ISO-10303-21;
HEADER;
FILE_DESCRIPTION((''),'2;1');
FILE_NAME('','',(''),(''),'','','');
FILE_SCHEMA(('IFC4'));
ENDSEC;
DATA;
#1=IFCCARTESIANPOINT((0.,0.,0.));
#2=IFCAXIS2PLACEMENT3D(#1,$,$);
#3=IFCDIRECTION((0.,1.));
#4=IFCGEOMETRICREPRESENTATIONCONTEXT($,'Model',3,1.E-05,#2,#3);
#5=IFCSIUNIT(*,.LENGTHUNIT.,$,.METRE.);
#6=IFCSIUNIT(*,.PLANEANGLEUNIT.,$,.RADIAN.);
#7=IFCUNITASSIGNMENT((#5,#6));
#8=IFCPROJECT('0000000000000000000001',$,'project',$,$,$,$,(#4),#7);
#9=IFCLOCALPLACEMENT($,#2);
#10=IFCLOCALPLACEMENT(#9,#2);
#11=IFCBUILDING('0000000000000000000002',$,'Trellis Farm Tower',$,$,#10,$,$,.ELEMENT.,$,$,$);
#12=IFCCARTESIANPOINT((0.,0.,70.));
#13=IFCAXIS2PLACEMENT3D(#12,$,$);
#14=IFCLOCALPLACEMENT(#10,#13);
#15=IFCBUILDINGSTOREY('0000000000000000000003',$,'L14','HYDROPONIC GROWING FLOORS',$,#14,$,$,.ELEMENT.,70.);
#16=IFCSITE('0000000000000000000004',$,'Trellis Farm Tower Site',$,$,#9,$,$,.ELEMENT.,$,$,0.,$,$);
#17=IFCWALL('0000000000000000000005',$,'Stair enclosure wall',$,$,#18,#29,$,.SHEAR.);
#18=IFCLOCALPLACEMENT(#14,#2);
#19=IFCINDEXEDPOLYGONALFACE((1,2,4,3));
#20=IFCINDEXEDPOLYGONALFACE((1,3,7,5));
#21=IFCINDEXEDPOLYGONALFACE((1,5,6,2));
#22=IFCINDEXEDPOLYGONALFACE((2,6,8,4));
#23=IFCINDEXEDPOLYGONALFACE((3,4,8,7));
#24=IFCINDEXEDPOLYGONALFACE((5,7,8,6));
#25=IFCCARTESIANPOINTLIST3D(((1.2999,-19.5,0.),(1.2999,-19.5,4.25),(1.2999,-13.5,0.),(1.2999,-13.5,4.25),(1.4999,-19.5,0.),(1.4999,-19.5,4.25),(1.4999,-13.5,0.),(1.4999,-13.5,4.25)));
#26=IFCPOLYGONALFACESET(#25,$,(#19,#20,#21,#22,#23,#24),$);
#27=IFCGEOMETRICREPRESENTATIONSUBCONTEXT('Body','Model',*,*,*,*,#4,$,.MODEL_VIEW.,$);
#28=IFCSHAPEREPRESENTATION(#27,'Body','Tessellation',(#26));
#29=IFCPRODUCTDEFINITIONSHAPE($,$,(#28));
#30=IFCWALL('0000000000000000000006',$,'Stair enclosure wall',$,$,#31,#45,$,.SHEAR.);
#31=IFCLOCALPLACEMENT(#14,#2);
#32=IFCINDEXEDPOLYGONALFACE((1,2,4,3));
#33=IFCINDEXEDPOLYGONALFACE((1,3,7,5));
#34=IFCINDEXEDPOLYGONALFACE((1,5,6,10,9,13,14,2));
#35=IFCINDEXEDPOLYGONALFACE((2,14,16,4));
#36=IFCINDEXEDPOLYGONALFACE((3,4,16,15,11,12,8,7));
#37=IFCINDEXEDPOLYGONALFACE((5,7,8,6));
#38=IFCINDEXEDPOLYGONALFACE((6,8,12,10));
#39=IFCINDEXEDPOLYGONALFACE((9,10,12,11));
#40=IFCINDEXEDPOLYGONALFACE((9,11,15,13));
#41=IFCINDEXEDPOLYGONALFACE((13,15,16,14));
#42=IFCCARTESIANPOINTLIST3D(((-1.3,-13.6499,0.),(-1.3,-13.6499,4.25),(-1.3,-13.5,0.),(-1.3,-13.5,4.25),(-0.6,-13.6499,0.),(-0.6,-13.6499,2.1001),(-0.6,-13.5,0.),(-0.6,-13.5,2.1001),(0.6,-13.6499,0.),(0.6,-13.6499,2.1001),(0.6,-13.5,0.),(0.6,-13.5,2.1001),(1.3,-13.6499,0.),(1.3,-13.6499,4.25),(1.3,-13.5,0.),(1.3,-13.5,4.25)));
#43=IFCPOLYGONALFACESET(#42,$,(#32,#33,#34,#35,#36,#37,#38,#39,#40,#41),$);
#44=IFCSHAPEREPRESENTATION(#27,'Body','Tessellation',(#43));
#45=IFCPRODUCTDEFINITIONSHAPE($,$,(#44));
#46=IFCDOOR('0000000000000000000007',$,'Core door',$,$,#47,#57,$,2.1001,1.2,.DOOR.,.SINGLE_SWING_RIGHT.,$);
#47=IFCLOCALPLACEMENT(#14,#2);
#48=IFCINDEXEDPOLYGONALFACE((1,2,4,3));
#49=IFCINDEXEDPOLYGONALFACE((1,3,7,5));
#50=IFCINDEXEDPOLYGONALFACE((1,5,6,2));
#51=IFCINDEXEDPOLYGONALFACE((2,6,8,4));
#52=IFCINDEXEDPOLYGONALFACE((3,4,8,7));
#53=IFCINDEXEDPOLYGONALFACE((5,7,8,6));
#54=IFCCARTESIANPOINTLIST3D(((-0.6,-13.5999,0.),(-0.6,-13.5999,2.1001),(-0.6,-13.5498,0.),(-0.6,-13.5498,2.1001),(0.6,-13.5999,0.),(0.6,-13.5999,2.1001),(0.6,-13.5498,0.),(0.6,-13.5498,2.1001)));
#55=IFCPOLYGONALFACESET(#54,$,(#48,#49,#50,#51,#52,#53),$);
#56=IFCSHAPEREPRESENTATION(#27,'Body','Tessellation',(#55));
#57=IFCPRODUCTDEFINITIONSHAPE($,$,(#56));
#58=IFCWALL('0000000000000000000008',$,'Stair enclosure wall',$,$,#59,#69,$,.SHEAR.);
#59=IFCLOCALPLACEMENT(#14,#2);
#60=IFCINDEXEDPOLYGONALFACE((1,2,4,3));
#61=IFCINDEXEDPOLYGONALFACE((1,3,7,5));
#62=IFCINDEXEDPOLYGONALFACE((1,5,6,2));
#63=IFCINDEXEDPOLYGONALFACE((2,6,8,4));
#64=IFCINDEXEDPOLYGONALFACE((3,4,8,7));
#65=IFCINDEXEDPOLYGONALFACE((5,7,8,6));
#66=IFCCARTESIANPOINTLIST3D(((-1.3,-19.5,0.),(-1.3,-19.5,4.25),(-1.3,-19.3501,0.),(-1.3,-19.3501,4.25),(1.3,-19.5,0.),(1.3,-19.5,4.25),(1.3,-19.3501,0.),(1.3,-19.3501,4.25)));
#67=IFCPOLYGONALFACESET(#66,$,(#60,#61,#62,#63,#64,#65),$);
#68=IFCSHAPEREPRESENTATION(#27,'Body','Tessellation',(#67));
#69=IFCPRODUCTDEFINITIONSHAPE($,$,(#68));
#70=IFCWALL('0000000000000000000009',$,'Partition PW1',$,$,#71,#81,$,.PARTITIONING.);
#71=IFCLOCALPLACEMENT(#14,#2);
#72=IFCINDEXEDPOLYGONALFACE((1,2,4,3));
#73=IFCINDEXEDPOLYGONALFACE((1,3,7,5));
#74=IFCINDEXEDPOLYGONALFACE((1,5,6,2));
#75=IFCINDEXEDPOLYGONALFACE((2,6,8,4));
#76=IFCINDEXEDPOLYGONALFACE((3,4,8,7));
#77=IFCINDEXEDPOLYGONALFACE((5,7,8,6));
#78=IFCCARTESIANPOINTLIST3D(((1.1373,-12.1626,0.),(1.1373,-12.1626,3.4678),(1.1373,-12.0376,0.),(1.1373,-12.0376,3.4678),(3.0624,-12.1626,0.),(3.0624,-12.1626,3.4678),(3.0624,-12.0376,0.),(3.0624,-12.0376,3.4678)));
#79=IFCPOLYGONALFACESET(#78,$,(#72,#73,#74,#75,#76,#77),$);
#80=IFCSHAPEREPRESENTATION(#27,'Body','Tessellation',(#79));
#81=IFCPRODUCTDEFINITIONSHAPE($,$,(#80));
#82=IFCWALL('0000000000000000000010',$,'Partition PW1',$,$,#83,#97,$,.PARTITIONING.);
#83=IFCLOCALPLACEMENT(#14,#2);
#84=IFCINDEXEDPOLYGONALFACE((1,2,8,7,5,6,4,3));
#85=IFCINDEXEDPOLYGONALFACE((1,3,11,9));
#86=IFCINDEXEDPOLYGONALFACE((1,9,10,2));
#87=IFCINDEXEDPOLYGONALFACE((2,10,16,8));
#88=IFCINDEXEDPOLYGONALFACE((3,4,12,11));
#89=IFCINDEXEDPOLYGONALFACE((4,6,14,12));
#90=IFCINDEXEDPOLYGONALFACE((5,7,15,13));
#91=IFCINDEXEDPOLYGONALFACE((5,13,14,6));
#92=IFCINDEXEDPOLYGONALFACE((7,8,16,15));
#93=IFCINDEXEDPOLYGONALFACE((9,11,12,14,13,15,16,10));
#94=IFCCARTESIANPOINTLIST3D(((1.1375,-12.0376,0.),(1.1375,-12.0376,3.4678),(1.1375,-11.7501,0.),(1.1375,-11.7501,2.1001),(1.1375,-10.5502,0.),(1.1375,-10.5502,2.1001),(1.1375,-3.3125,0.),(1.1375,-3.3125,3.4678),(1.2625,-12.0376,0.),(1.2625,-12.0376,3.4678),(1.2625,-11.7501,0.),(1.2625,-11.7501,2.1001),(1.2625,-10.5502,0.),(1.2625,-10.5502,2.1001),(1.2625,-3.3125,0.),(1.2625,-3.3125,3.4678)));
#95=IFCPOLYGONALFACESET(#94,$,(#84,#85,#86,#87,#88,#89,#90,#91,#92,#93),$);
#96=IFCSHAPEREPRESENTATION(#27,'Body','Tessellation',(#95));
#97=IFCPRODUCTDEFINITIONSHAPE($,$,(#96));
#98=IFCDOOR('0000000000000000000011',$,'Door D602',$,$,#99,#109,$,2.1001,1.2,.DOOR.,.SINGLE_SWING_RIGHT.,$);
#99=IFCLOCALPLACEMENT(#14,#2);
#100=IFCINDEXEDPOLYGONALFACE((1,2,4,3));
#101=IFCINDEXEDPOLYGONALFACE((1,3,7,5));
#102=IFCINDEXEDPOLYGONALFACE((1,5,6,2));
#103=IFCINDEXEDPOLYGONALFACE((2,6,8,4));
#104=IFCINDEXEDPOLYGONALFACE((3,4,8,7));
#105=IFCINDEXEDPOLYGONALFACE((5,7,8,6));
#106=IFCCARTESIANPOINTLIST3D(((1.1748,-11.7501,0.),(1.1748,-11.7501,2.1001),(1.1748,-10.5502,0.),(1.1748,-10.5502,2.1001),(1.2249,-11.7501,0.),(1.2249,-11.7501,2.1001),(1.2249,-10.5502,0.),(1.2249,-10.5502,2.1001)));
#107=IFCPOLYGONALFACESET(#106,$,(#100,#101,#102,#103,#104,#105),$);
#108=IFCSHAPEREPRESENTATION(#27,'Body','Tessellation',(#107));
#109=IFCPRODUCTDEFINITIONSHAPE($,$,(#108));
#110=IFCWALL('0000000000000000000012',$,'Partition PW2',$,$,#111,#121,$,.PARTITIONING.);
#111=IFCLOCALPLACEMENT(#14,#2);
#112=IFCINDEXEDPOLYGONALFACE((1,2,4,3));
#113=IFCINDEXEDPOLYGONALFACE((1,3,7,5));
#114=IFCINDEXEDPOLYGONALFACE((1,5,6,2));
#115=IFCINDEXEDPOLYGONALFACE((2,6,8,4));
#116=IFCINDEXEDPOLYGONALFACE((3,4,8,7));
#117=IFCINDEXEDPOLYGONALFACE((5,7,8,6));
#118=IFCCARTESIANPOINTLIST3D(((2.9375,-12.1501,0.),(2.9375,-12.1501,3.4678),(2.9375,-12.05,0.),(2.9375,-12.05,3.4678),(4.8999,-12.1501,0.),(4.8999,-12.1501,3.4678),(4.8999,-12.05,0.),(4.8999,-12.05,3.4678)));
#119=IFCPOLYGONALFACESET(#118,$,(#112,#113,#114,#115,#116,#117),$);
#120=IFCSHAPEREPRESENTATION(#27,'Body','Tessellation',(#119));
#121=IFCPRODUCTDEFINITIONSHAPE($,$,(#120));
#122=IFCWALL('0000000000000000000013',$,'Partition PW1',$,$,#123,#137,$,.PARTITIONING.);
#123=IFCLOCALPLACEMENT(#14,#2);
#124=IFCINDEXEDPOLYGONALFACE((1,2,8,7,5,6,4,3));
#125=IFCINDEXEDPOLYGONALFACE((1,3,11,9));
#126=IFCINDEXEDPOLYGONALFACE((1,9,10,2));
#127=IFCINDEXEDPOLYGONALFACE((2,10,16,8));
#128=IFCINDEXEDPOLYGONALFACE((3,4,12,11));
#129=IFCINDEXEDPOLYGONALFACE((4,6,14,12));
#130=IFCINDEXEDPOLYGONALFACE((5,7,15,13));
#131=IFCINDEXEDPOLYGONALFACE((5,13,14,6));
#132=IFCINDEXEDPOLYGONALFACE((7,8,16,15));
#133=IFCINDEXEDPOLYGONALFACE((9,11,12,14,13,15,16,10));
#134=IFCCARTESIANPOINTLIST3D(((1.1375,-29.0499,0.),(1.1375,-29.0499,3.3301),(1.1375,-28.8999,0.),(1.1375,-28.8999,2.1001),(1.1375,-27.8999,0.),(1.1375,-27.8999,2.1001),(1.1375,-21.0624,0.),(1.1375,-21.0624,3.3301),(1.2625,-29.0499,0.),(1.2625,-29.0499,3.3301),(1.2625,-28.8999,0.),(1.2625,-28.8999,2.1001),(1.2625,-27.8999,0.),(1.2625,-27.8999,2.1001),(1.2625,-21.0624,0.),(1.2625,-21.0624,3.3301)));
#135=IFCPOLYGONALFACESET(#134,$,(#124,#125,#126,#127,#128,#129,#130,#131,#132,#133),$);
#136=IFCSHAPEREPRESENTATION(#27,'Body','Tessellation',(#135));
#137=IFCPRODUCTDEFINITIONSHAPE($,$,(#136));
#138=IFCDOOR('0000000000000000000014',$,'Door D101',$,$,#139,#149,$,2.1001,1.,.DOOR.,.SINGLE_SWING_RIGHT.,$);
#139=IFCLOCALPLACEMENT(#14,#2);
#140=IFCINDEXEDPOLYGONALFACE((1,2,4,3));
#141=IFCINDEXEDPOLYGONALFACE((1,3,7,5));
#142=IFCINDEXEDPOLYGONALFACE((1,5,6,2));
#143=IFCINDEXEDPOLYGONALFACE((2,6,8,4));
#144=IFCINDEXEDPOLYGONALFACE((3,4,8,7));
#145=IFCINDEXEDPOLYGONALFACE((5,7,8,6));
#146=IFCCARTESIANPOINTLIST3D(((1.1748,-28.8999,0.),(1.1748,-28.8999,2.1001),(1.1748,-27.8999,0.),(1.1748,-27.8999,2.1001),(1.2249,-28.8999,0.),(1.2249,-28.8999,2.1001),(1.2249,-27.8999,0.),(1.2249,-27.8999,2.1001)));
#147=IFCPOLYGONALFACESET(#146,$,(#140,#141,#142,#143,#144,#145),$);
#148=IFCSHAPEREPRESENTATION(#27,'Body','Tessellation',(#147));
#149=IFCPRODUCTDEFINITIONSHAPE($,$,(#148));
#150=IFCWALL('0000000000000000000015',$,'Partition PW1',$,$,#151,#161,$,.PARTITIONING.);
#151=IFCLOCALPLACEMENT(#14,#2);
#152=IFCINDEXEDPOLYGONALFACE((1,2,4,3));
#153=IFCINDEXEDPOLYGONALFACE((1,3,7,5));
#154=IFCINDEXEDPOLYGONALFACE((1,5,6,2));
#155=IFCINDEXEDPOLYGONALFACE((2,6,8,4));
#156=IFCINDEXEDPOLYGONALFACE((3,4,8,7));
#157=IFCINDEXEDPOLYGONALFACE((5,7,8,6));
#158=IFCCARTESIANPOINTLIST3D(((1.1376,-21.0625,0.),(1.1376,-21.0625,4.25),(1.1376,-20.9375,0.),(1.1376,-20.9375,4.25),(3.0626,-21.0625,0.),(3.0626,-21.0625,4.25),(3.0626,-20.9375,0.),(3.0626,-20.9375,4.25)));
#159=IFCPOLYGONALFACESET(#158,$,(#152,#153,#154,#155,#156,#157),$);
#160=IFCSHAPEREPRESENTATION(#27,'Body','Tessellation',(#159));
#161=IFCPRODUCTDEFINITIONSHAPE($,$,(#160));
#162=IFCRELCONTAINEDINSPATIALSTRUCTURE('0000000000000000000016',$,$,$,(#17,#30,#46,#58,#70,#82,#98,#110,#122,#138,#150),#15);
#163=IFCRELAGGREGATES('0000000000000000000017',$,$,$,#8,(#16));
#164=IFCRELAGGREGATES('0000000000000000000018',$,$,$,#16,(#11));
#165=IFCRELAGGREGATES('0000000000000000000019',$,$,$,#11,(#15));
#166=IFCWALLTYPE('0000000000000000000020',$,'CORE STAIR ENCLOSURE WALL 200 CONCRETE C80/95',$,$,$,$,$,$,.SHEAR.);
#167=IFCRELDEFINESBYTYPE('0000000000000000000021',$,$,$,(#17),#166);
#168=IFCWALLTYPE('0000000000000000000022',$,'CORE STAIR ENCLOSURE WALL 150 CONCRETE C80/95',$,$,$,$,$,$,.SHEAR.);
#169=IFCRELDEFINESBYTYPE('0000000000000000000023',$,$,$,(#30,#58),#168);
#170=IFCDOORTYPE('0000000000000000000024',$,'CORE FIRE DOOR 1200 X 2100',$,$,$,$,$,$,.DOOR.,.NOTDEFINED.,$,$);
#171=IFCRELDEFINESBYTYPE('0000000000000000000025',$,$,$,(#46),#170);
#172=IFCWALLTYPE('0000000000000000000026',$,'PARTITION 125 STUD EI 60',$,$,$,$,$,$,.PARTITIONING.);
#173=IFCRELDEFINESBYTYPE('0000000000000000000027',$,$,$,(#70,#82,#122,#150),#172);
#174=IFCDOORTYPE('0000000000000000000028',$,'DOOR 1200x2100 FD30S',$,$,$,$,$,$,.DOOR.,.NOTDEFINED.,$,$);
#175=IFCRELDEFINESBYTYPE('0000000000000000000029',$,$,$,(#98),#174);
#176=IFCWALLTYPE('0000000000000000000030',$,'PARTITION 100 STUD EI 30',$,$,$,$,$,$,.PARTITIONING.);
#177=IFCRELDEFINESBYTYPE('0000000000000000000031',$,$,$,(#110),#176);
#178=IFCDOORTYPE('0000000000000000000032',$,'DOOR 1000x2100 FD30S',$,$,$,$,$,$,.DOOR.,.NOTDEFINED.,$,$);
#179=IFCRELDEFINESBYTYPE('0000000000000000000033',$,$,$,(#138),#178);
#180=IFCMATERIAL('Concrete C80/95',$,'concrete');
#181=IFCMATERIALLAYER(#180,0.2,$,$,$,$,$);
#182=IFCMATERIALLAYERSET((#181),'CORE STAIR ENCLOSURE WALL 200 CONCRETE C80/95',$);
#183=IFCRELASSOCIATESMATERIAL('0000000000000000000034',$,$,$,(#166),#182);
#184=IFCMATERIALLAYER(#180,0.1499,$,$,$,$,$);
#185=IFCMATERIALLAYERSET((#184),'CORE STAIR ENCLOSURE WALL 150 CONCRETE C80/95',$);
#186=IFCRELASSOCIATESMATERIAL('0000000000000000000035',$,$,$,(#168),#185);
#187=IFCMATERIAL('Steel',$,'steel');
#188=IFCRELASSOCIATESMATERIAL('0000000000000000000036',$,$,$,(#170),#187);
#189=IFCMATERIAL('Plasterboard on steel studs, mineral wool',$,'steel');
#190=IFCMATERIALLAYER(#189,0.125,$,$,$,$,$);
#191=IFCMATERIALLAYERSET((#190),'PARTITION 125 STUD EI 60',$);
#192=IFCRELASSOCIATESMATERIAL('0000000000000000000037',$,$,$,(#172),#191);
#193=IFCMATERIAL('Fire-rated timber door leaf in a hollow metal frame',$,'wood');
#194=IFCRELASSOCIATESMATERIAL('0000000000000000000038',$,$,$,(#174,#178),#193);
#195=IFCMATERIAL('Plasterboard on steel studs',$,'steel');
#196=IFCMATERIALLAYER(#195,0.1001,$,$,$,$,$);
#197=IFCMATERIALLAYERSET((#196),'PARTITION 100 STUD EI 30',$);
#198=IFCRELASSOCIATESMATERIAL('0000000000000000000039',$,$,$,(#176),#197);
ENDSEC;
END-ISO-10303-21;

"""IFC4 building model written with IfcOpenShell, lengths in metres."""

from ifc_helpers import new_model, si_unit, direction, frame, frame_2d, origin, place, context, subcontext, project, spatial, rectangle, extrude, source, transform, mapped, material, layer, layer_set, type_object, element, fill, save


model = new_model("IFC4")

# Units and contexts
model_context = context("Model", 3, precision=1e-05, world=origin(), true_north=direction((0.0, 1.0)))
body_context = subcontext(model_context, "Body", "Model", "MODEL_VIEW")
ifc_project = project(units=[si_unit("LENGTHUNIT", "METRE"), si_unit("PLANEANGLEUNIT", "RADIAN")], contexts=[model_context])

# Site, building, storey
site_placement = place(None, origin())
site = spatial("IfcSite", under=ifc_project, at=site_placement, Name="Trellis Farm Tower Site", CompositionType="ELEMENT", RefElevation=0.0)
building_placement = place(site_placement, origin())
building = spatial("IfcBuilding", under=site, at=building_placement, Name="Trellis Farm Tower", CompositionType="ELEMENT")
storey_placement = place(building_placement, frame((0.0, 0.0, 70.0)))
storey = spatial("IfcBuildingStorey", under=building, at=storey_placement, Name="L14", Description="HYDROPONIC GROWING FLOORS", CompositionType="ELEMENT", Elevation=70.0)

# Shared definitions
ifc_material_1 = material(Name="Concrete C80/95", Category="concrete")

# Wall
ifc_layer_1 = layer(ifc_material_1, 0.2)
ifc_layer_set_1 = layer_set([ifc_layer_1], Name="CORE STAIR ENCLOSURE WALL 200 CONCRETE C80/95")
wall_type_1 = type_object("IfcWallType", Name="CORE STAIR ENCLOSURE WALL 200 CONCRETE C80/95", PredefinedType="SHEAR", material=ifc_layer_set_1)
shared_shape_1 = source(origin(), body_context, "Body", "SweptSolid", [
    extrude(rectangle(XDim=6.0, YDim=0.2, at=frame_2d((3.0, 0.0))), origin(), (0.0, 0.0, 1.0), 4.25),
])
wall_1_placement = place(storey_placement, frame((1.3999, -13.5, 0.0), z_axis=(0.0, 0.0, 1.0), x_axis=(0.0, -1.0, 0.0)))
element("IfcWall", 1, at=wall_1_placement, inside=storey, type_object=wall_type_1, Name="Stair enclosure wall", PredefinedType="SHEAR", context=body_context, shape_type="MappedRepresentation", body=[
    mapped(shared_shape_1, transform((0.0, 0.0, 0.0))),
])

# Wall, opening, door
ifc_layer_2 = layer(ifc_material_1, 0.1499)
ifc_layer_set_2 = layer_set([ifc_layer_2], Name="CORE STAIR ENCLOSURE WALL 150 CONCRETE C80/95")
wall_type_2 = type_object("IfcWallType", Name="CORE STAIR ENCLOSURE WALL 150 CONCRETE C80/95", PredefinedType="SHEAR", material=ifc_layer_set_2)
shared_shape_2 = source(origin(), body_context, "Body", "SweptSolid", [
    extrude(rectangle(XDim=2.6001, YDim=0.1499, at=frame_2d((1.3, 0.0))), origin(), (0.0, 0.0, 1.0), 4.25),
])
wall_2_placement = place(storey_placement, frame((1.3, -13.575, 0.0), z_axis=(0.0, 0.0, 1.0), x_axis=(-1.0, 0.0, 0.0)))
wall_2 = element("IfcWall", 2, at=wall_2_placement, inside=storey, type_object=wall_type_2, Name="Stair enclosure wall", PredefinedType="SHEAR", context=body_context, shape_type="MappedRepresentation", body=[
    mapped(shared_shape_2, transform((0.0, 0.0, 0.0))),
])
shared_shape_3 = source(origin(), body_context, "Body", "SweptSolid", [
    extrude(rectangle(XDim=1.2, YDim=2.1001, at=frame_2d((0.6001, 1.05))), frame((0.0, 0.085, 0.0), z_axis=(0.0, -1.0, 0.0), x_axis=(1.0, 0.0, 0.0)), (0.0, 0.0, 1.0), 0.1699),
])
opening_1_placement = place(wall_2_placement, frame((0.7, 0.0, 0.0)))
opening_1 = element("IfcOpeningElement", 3, at=opening_1_placement, cuts=wall_2, PredefinedType="OPENING", context=body_context, shape_type="MappedRepresentation", body=[
    mapped(shared_shape_3, transform((0.0, 0.0, 0.0))),
])
ifc_material_2 = material(Name="Steel", Category="steel")
door_type_1 = type_object("IfcDoorType", Name="CORE FIRE DOOR 1200 X 2100", OperationType="NOTDEFINED", PredefinedType="DOOR", material=ifc_material_2)
shared_shape_4 = source(origin(), body_context, "Body", "SweptSolid", [
    extrude(rectangle(XDim=1.2, YDim=2.1001, at=frame_2d((0.6001, 1.05))), frame((0.0, 0.0249, 0.0), z_axis=(0.0, -1.0, 0.0), x_axis=(1.0, 0.0, 0.0)), (0.0, 0.0, 1.0), 0.05),
])
door_1_placement = place(opening_1_placement, origin())
door_1 = element("IfcDoor", 4, at=door_1_placement, inside=storey, type_object=door_type_1, Name="Core door", OperationType="SINGLE_SWING_RIGHT", OverallHeight=2.1001, OverallWidth=1.2, PredefinedType="DOOR", context=body_context, shape_type="MappedRepresentation", body=[
    mapped(shared_shape_4, transform((0.0, 0.0, 0.0))),
])
fill(opening_1, door_1)

# Walls
wall_3_placement = place(storey_placement, frame((1.3, -19.425, 0.0), z_axis=(0.0, 0.0, 1.0), x_axis=(-1.0, 0.0, 0.0)))
element("IfcWall", 5, at=wall_3_placement, inside=storey, type_object=wall_type_2, Name="Stair enclosure wall", PredefinedType="SHEAR", context=body_context, shape_type="MappedRepresentation", body=[
    mapped(shared_shape_2, transform((0.0, 0.0, 0.0))),
])
ifc_material_3 = material(Name="Plasterboard on steel studs, mineral wool", Category="steel")
ifc_layer_3 = layer(ifc_material_3, 0.125)
ifc_layer_set_3 = layer_set([ifc_layer_3], Name="PARTITION 125 STUD EI 60")
wall_type_3 = type_object("IfcWallType", Name="PARTITION 125 STUD EI 60", PredefinedType="PARTITIONING", material=ifc_layer_set_3)
shared_shape_5 = source(origin(), body_context, "Body", "SweptSolid", [
    extrude(rectangle(XDim=1.925, YDim=0.125, at=frame_2d((0.9624, 0.0))), origin(), (0.0, 0.0, 1.0), 3.4678),
])
wall_4_placement = place(storey_placement, frame((1.1375, -12.1001, 0.0), z_axis=(0.0, 0.0, 1.0), x_axis=(1.0, 0.0, 0.0)))
element("IfcWall", 6, at=wall_4_placement, inside=storey, type_object=wall_type_3, Name="Partition PW1", PredefinedType="PARTITIONING", context=body_context, shape_type="MappedRepresentation", body=[
    mapped(shared_shape_5, transform((0.0, 0.0, 0.0))),
])

# Wall, opening, door
shared_shape_6 = source(origin(), body_context, "Body", "SweptSolid", [
    extrude(rectangle(XDim=8.7251, YDim=0.125, at=frame_2d((4.3625, 0.0))), origin(), (0.0, 0.0, 1.0), 3.4678),
])
wall_5_placement = place(storey_placement, frame((1.2, -3.3125, 0.0), z_axis=(0.0, 0.0, 1.0), x_axis=(0.0, -1.0, 0.0)))
wall_5 = element("IfcWall", 7, at=wall_5_placement, inside=storey, type_object=wall_type_3, Name="Partition PW1", PredefinedType="PARTITIONING", context=body_context, shape_type="MappedRepresentation", body=[
    mapped(shared_shape_6, transform((0.0, 0.0, 0.0))),
])
shared_shape_7 = source(origin(), body_context, "Body", "SweptSolid", [
    extrude(rectangle(XDim=1.2, YDim=2.1001, at=frame_2d((0.6001, 1.05))), frame((0.0, 0.0725, 0.0), z_axis=(0.0, -1.0, 0.0), x_axis=(1.0, 0.0, 0.0)), (0.0, 0.0, 1.0), 0.145),
])
opening_2_placement = place(wall_5_placement, frame((7.2375, 0.0, 0.0)))
opening_2 = element("IfcOpeningElement", 8, at=opening_2_placement, cuts=wall_5, PredefinedType="OPENING", context=body_context, shape_type="MappedRepresentation", body=[
    mapped(shared_shape_7, transform((0.0, 0.0, 0.0))),
])
ifc_material_4 = material(Name="Fire-rated timber door leaf in a hollow metal frame", Category="wood")
door_type_2 = type_object("IfcDoorType", Name="DOOR 1200x2100 FD30S", OperationType="NOTDEFINED", PredefinedType="DOOR", material=ifc_material_4)
door_2_placement = place(opening_2_placement, origin())
door_2 = element("IfcDoor", 9, at=door_2_placement, inside=storey, type_object=door_type_2, Name="Door D602", OperationType="SINGLE_SWING_RIGHT", OverallHeight=2.1001, OverallWidth=1.2, PredefinedType="DOOR", context=body_context, shape_type="MappedRepresentation", body=[
    mapped(shared_shape_4, transform((0.0, 0.0, 0.0))),
])
fill(opening_2, door_2)

# Wall
ifc_material_5 = material(Name="Plasterboard on steel studs", Category="steel")
ifc_layer_4 = layer(ifc_material_5, 0.1001)
ifc_layer_set_4 = layer_set([ifc_layer_4], Name="PARTITION 100 STUD EI 30")
wall_type_4 = type_object("IfcWallType", Name="PARTITION 100 STUD EI 30", PredefinedType="PARTITIONING", material=ifc_layer_set_4)
shared_shape_8 = source(origin(), body_context, "Body", "SweptSolid", [
    extrude(rectangle(XDim=1.9624, YDim=0.1001, at=frame_2d((0.9812, 0.0))), origin(), (0.0, 0.0, 1.0), 3.4678),
])
wall_6_placement = place(storey_placement, frame((2.9375, -12.1001, 0.0), z_axis=(0.0, 0.0, 1.0), x_axis=(1.0, 0.0, 0.0)))
element("IfcWall", 10, at=wall_6_placement, inside=storey, type_object=wall_type_4, Name="Partition PW2", PredefinedType="PARTITIONING", context=body_context, shape_type="MappedRepresentation", body=[
    mapped(shared_shape_8, transform((0.0, 0.0, 0.0))),
])

# Wall, opening, door
shared_shape_9 = source(origin(), body_context, "Body", "SweptSolid", [
    extrude(rectangle(XDim=7.9875, YDim=0.125, at=frame_2d((3.9937, 0.0))), origin(), (0.0, 0.0, 1.0), 3.3301),
])
wall_7_placement = place(storey_placement, frame((1.2, -21.0625, 0.0), z_axis=(0.0, 0.0, 1.0), x_axis=(0.0, -1.0, 0.0)))
wall_7 = element("IfcWall", 11, at=wall_7_placement, inside=storey, type_object=wall_type_3, Name="Partition PW1", PredefinedType="PARTITIONING", context=body_context, shape_type="MappedRepresentation", body=[
    mapped(shared_shape_9, transform((0.0, 0.0, 0.0))),
])
shared_shape_10 = source(origin(), body_context, "Body", "SweptSolid", [
    extrude(rectangle(XDim=1.0, YDim=2.1001, at=frame_2d((0.5, 1.05))), frame((0.0, 0.0725, 0.0), z_axis=(0.0, -1.0, 0.0), x_axis=(1.0, 0.0, 0.0)), (0.0, 0.0, 1.0), 0.145),
])
opening_3_placement = place(wall_7_placement, frame((6.8374, 0.0, 0.0)))
opening_3 = element("IfcOpeningElement", 12, at=opening_3_placement, cuts=wall_7, PredefinedType="OPENING", context=body_context, shape_type="MappedRepresentation", body=[
    mapped(shared_shape_10, transform((0.0, 0.0, 0.0))),
])
door_type_3 = type_object("IfcDoorType", Name="DOOR 1000x2100 FD30S", OperationType="NOTDEFINED", PredefinedType="DOOR", material=ifc_material_4)
shared_shape_11 = source(origin(), body_context, "Body", "SweptSolid", [
    extrude(rectangle(XDim=1.0, YDim=2.1001, at=frame_2d((0.5, 1.05))), frame((0.0, 0.0249, 0.0), z_axis=(0.0, -1.0, 0.0), x_axis=(1.0, 0.0, 0.0)), (0.0, 0.0, 1.0), 0.05),
])
door_3_placement = place(opening_3_placement, origin())
door_3 = element("IfcDoor", 13, at=door_3_placement, inside=storey, type_object=door_type_3, Name="Door D101", OperationType="SINGLE_SWING_RIGHT", OverallHeight=2.1001, OverallWidth=1.0, PredefinedType="DOOR", context=body_context, shape_type="MappedRepresentation", body=[
    mapped(shared_shape_11, transform((0.0, 0.0, 0.0))),
])
fill(opening_3, door_3)

# Wall
shared_shape_12 = source(origin(), body_context, "Body", "SweptSolid", [
    extrude(rectangle(XDim=1.925, YDim=0.125, at=frame_2d((0.9624, 0.0))), origin(), (0.0, 0.0, 1.0), 4.25),
])
wall_8_placement = place(storey_placement, frame((3.0625, -21.0, 0.0), z_axis=(0.0, 0.0, 1.0), x_axis=(-1.0, 0.0, 0.0)))
element("IfcWall", 14, at=wall_8_placement, inside=storey, type_object=wall_type_3, Name="Partition PW1", PredefinedType="PARTITIONING", context=body_context, shape_type="MappedRepresentation", body=[
    mapped(shared_shape_12, transform((0.0, 0.0, 0.0))),
])

save(model, "model.ifc")
